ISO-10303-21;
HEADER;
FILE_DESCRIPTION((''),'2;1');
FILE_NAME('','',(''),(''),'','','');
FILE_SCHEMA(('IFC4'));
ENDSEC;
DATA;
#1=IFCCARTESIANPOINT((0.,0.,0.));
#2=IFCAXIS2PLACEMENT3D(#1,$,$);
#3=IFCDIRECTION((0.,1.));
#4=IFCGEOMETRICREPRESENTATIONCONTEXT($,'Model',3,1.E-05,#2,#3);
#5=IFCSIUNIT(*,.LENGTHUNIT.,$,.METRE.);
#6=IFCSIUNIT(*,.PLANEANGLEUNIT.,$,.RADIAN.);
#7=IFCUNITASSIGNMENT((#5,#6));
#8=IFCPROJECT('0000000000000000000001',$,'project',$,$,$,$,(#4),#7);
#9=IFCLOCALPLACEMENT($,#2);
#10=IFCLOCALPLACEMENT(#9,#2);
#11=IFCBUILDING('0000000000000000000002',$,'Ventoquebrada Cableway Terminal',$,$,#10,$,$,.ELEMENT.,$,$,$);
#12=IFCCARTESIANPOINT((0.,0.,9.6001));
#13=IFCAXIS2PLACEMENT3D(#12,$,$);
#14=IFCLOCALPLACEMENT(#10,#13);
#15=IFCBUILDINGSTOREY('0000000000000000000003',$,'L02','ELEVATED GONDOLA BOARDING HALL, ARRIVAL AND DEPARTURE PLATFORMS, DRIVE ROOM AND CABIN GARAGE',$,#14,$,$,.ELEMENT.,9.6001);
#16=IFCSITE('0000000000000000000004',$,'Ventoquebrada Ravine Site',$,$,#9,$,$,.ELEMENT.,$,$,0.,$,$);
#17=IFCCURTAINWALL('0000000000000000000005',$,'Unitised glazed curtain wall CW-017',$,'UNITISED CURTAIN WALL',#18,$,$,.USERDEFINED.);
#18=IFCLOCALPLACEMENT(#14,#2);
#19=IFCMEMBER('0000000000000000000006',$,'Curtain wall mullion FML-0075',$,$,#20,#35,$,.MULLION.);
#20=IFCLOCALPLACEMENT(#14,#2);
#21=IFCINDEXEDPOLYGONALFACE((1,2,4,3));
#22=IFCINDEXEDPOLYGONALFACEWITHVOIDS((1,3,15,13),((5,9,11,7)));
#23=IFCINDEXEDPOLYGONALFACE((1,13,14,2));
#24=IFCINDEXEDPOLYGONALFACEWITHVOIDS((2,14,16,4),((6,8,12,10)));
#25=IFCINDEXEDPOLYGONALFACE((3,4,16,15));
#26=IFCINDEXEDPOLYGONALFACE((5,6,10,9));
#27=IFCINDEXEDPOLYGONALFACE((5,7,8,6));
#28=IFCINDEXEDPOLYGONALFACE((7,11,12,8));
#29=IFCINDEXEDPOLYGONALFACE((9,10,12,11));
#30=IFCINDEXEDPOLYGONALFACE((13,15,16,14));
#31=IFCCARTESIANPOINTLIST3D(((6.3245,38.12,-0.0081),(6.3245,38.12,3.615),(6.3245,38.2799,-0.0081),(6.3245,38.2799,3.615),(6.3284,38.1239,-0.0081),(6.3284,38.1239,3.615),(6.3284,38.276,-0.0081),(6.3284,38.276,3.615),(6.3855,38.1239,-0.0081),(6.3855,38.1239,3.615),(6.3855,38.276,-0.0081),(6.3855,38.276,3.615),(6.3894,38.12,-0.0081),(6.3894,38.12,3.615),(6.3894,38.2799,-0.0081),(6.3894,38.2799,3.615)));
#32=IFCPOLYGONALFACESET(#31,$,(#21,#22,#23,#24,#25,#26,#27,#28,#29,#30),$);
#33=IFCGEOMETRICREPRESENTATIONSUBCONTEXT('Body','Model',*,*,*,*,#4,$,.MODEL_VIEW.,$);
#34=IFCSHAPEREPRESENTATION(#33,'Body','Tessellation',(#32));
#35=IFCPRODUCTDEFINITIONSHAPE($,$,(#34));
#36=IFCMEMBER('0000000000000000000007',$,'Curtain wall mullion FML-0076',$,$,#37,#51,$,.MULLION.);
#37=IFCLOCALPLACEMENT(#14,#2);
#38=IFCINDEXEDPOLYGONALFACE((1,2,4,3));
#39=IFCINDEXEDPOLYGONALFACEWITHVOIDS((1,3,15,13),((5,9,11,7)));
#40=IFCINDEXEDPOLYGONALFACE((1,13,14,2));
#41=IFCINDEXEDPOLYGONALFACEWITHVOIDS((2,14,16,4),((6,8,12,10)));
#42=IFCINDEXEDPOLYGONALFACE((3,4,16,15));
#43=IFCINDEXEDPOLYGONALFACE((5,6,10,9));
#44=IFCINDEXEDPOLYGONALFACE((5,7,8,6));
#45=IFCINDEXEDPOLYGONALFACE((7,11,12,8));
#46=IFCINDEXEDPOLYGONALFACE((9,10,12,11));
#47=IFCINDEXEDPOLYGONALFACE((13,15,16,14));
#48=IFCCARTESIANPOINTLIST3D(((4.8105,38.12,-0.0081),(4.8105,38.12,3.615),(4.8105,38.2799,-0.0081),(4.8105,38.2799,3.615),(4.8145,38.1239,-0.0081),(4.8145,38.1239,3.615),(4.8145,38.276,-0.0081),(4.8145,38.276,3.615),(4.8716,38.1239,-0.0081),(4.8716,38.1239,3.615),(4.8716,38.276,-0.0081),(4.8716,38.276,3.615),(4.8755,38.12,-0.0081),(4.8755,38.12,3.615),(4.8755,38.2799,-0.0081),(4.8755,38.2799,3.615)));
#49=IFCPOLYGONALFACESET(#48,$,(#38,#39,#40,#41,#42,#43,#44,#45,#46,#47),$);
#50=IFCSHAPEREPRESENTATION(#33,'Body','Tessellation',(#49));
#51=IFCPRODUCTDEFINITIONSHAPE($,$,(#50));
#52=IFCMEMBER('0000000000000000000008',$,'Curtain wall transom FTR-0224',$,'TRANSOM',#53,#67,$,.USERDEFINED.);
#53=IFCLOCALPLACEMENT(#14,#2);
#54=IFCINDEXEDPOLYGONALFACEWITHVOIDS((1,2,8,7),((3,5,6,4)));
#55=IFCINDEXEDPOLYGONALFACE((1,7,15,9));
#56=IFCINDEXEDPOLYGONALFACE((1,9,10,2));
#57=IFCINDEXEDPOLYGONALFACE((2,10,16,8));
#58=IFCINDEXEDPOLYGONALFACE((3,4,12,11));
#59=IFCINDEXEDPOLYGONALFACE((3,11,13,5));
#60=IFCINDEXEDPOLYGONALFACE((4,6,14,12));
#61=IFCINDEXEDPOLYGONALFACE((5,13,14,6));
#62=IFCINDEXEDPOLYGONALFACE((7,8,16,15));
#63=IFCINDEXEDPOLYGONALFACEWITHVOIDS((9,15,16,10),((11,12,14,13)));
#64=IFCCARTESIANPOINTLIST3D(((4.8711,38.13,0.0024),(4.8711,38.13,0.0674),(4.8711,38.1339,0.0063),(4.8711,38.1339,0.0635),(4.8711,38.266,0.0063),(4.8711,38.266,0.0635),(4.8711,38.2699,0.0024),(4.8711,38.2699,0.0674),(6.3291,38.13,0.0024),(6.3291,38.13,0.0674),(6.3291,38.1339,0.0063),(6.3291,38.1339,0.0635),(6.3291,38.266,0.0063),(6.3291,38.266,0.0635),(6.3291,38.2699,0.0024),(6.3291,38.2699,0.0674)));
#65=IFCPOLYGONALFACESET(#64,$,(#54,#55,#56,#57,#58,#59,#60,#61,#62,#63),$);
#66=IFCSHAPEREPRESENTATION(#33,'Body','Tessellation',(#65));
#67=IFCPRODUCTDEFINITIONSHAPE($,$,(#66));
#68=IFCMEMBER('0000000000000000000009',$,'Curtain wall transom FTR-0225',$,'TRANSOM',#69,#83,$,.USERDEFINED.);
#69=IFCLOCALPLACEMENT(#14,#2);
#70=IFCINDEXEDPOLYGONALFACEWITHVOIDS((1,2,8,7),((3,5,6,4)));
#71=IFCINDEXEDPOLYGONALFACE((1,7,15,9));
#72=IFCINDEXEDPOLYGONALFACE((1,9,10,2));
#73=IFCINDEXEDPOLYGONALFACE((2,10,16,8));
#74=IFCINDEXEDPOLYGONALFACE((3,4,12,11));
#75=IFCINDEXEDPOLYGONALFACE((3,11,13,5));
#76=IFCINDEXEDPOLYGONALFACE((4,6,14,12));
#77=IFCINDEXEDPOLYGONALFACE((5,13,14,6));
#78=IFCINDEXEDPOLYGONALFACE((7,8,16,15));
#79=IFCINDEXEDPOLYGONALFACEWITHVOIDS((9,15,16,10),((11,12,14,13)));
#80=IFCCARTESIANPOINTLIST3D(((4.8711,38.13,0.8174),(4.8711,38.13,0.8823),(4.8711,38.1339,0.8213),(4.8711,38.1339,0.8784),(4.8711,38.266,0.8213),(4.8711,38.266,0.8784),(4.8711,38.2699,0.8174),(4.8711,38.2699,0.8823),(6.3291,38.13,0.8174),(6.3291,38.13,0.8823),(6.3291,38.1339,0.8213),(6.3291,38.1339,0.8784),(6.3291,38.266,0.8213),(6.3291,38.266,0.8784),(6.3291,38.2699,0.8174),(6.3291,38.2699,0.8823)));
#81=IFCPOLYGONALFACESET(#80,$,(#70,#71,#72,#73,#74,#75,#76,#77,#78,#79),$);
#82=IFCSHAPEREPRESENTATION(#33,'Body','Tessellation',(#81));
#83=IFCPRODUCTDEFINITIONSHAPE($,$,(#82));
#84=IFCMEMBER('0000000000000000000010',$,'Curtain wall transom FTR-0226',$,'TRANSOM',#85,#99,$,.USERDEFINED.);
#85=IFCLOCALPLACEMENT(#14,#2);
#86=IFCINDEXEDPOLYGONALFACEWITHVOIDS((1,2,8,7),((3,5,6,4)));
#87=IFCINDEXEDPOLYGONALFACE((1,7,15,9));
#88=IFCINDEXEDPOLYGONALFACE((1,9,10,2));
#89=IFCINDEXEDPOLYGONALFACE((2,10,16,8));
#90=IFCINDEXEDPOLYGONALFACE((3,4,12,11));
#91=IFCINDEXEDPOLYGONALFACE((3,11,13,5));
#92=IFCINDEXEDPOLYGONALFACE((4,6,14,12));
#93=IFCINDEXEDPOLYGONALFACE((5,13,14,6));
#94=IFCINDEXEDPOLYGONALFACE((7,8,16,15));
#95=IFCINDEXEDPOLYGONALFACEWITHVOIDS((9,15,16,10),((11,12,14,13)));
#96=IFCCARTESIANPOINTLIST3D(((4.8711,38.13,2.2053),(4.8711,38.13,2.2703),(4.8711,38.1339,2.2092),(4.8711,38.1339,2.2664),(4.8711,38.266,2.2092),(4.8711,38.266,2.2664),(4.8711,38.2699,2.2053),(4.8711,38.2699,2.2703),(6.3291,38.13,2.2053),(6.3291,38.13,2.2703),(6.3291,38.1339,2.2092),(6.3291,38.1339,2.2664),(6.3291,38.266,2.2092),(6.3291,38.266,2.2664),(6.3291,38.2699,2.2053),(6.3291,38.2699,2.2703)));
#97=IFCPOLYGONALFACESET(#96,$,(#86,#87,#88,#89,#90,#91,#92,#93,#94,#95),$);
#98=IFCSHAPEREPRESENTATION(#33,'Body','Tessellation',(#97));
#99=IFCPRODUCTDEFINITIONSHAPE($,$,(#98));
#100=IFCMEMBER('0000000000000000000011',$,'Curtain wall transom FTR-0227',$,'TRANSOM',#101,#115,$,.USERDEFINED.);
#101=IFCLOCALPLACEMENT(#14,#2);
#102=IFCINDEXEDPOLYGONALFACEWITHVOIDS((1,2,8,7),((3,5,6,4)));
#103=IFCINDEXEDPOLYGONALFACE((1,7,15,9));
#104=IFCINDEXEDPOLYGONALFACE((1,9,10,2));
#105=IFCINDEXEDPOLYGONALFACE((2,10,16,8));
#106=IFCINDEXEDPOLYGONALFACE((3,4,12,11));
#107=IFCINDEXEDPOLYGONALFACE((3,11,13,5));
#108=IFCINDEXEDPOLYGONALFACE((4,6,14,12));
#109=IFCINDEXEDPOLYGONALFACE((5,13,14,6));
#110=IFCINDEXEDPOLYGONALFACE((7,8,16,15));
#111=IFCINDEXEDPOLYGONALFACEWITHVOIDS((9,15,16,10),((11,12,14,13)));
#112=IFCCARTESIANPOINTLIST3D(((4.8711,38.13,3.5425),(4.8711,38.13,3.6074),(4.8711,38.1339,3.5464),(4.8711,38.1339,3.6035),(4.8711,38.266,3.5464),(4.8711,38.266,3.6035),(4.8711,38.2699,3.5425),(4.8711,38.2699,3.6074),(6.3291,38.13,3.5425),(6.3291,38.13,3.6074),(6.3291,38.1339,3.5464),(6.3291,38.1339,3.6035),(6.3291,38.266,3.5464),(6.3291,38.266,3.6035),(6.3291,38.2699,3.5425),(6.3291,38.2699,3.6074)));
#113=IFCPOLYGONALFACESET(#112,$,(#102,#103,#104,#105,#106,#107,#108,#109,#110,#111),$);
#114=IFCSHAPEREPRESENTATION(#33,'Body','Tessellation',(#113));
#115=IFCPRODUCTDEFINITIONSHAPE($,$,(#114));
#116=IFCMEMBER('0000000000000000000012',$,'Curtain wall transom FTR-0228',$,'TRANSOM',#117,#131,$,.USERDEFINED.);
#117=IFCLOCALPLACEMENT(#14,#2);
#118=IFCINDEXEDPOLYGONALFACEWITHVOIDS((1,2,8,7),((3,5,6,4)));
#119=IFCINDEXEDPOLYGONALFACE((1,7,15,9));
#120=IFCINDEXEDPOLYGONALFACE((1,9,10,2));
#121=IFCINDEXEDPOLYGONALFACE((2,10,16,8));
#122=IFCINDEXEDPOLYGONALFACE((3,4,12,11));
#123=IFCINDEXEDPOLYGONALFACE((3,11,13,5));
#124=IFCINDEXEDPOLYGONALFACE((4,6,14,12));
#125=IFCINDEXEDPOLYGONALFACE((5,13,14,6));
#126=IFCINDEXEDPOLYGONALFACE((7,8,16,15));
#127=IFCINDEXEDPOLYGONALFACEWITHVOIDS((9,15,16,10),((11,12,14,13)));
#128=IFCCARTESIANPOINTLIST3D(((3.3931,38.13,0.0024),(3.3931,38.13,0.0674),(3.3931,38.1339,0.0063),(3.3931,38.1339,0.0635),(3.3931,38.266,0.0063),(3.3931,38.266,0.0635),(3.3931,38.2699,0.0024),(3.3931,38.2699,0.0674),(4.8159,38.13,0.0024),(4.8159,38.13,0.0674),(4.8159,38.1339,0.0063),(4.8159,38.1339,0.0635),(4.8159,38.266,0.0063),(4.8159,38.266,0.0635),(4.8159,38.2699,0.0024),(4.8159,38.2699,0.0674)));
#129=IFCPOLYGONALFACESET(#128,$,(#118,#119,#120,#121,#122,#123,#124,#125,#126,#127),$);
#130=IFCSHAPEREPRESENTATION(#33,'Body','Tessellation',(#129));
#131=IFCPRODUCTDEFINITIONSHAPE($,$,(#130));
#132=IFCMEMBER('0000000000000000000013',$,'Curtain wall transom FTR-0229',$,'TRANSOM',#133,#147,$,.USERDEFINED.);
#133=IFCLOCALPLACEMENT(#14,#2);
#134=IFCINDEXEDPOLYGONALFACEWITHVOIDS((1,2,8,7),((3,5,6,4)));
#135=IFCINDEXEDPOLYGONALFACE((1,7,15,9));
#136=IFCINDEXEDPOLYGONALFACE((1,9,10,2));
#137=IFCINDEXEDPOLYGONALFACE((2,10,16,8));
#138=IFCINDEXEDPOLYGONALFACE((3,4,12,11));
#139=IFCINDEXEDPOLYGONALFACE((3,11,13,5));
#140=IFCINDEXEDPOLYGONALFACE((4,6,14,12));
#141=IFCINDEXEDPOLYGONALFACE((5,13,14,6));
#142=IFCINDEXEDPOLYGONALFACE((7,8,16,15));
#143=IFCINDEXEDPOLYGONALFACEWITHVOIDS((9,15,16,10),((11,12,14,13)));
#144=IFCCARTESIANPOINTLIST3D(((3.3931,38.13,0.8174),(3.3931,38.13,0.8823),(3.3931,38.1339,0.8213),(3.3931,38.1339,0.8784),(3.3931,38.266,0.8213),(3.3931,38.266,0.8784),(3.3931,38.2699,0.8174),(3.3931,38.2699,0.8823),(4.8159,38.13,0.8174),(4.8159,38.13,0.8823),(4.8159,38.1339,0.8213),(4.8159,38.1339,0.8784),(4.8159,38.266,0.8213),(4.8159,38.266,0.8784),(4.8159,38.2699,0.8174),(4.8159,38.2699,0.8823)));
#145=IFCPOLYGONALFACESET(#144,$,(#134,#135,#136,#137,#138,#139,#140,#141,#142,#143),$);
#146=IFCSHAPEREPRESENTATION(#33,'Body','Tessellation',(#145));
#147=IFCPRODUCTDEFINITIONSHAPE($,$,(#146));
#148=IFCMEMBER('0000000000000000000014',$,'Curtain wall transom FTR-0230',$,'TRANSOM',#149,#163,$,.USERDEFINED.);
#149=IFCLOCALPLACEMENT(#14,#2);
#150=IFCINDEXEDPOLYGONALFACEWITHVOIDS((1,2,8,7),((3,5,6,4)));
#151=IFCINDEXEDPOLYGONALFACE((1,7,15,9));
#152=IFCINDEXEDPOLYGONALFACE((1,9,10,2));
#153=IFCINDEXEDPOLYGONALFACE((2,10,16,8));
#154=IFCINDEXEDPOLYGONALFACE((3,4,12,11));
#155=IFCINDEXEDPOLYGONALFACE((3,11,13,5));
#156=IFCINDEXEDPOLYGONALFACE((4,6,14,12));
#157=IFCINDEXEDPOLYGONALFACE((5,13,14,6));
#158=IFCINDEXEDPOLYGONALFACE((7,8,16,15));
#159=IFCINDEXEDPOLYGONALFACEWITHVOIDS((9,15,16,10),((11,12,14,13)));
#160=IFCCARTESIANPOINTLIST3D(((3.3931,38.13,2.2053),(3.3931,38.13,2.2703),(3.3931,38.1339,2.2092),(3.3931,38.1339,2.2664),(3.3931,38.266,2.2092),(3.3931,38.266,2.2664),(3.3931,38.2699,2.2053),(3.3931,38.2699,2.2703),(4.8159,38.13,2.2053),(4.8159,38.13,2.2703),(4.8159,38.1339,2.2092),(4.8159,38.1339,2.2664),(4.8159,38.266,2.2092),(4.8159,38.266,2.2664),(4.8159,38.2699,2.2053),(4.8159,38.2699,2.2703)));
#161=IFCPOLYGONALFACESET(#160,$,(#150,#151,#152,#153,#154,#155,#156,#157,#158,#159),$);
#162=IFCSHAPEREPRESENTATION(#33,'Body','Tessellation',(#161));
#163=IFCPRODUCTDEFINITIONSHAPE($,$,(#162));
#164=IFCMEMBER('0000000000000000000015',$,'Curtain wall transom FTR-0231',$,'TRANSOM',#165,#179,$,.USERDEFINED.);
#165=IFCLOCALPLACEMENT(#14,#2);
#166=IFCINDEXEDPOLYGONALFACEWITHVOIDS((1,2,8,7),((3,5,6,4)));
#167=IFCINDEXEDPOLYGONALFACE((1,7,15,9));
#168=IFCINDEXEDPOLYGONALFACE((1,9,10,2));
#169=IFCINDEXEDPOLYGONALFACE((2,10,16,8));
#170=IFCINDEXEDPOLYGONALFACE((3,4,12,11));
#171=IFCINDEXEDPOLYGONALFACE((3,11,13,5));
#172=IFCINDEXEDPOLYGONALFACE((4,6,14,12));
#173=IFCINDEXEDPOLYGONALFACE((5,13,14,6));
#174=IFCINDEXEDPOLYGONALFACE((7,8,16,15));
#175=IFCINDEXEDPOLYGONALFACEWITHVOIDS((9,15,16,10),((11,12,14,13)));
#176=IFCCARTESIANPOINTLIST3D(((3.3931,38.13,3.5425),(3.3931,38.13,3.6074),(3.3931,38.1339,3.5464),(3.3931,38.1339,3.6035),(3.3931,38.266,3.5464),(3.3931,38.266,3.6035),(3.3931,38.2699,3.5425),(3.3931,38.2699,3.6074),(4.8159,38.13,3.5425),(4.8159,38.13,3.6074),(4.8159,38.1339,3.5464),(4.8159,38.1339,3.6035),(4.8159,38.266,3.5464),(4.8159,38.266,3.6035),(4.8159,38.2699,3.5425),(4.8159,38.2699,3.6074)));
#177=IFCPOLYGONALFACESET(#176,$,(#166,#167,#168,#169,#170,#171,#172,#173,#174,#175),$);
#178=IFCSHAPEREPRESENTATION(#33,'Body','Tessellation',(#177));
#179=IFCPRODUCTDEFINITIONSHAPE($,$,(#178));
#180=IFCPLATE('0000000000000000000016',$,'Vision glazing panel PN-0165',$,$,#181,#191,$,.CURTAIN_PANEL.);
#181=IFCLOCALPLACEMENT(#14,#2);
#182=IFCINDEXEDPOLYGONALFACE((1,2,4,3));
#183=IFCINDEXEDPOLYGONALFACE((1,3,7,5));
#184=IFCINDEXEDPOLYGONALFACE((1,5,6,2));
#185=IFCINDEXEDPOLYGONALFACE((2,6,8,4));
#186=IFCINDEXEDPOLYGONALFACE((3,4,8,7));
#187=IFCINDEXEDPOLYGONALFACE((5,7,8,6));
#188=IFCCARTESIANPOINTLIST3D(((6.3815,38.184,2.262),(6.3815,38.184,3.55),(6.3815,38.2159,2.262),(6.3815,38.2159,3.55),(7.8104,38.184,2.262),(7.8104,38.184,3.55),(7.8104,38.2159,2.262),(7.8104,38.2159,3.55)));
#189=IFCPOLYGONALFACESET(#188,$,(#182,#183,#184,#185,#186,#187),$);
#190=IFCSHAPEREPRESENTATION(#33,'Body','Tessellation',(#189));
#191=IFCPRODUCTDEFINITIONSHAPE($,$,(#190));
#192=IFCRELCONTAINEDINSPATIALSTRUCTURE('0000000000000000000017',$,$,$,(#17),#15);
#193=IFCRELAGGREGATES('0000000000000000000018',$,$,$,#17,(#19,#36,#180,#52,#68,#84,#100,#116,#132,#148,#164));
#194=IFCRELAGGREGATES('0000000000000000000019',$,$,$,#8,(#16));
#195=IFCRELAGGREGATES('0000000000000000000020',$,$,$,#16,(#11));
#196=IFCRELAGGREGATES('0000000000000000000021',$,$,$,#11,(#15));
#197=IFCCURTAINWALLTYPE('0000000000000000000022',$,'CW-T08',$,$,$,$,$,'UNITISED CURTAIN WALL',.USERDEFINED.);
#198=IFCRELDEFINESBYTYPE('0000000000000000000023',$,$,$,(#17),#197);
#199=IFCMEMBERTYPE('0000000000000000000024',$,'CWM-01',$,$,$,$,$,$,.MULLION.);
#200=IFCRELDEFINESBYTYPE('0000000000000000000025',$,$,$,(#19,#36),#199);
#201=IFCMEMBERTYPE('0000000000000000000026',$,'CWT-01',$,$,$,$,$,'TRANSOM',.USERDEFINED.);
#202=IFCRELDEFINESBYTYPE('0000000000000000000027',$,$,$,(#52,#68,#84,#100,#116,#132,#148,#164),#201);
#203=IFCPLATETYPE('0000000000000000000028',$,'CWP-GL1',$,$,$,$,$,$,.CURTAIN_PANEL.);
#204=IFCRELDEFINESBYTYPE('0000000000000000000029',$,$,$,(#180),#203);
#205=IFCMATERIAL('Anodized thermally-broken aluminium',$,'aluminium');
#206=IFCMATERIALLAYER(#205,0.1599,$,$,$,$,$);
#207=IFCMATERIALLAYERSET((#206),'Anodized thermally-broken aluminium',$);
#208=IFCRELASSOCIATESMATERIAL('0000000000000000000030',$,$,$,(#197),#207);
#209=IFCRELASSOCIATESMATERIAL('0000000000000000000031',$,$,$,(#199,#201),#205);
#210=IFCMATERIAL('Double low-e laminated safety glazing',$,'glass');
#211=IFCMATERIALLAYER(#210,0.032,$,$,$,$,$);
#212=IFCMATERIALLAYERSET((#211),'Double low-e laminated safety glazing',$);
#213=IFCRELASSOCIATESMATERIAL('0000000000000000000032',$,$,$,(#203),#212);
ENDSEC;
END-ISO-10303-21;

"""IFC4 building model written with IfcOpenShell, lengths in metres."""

from ifc_helpers import new_model, si_unit, direction, frame, origin, origin_2d, place, context, subcontext, project, spatial, rectangle, hollow_rectangle, extrude, material, layer, layer_set, material_profile, profile_set, type_object, element, aggregate, save


model = new_model("IFC4")

# Units and contexts
model_context = context("Model", 3, precision=1e-05, world=origin(), true_north=direction((0.0, 1.0)))
body_context = subcontext(model_context, "Body", "Model", "MODEL_VIEW")
ifc_project = project(units=[si_unit("LENGTHUNIT", "METRE"), si_unit("PLANEANGLEUNIT", "RADIAN")], contexts=[model_context])

# Site, building, storey
site_placement = place(None, origin())
site = spatial("IfcSite", under=ifc_project, at=site_placement, Name="Ventoquebrada Ravine Site", CompositionType="ELEMENT", RefElevation=0.0)
building_placement = place(site_placement, origin())
building = spatial("IfcBuilding", under=site, at=building_placement, Name="Ventoquebrada Cableway Terminal", CompositionType="ELEMENT")
storey_placement = place(building_placement, frame((0.0, 0.0, 9.6001)))
storey = spatial("IfcBuildingStorey", under=building, at=storey_placement, Name="L02", Description="ELEVATED GONDOLA BOARDING HALL, ARRIVAL AND DEPARTURE PLATFORMS, DRIVE ROOM AND CABIN GARAGE", CompositionType="ELEMENT", Elevation=9.6001)

# Curtain wall, members, plate
ifc_material_1 = material(Name="Anodized thermally-broken aluminium", Category="aluminium")
ifc_layer_1 = layer(ifc_material_1, 0.1599)
ifc_layer_set_1 = layer_set([ifc_layer_1], Name="Anodized thermally-broken aluminium")
curtain_wall_type = type_object("IfcCurtainWallType", Name="CW-T08", ElementType="UNITISED CURTAIN WALL", PredefinedType="USERDEFINED", material=ifc_layer_set_1)
curtain_wall_placement = place(storey_placement, origin())
curtain_wall = element("IfcCurtainWall", 1, at=curtain_wall_placement, inside=storey, type_object=curtain_wall_type, Name="Unitised glazed curtain wall CW-017", ObjectType="UNITISED CURTAIN WALL", PredefinedType="USERDEFINED")
ifc_material_profile_1 = material_profile(ifc_material_1, hollow_rectangle(XDim=0.0649, YDim=0.1599, WallThickness=0.0039, at=origin_2d()), Name="CW-MUL-65X160")
ifc_profile_set_1 = profile_set([ifc_material_profile_1], Name="Anodized thermally-broken aluminium")
member_type_1 = type_object("IfcMemberType", Name="CWM-01", PredefinedType="MULLION", material=ifc_profile_set_1)
member_1_placement = place(storey_placement, frame((6.3569, 38.2, -0.0081), z_axis=(0.0, 0.0, 1.0), x_axis=(-1.0, 0.0, 0.0)))
member_1 = element("IfcMember", 2, at=member_1_placement, type_object=member_type_1, Name="Curtain wall mullion FML-0075", PredefinedType="MULLION", context=body_context, shape_type="SweptSolid", body=[
    extrude(hollow_rectangle(XDim=0.0649, YDim=0.1599, WallThickness=0.0039, at=origin_2d()), origin(), (0.0, 0.0, 1.0), 3.623),
])
member_2_placement = place(storey_placement, frame((4.843, 38.2, -0.0081), z_axis=(0.0, 0.0, 1.0), x_axis=(-1.0, 0.0, 0.0)))
member_2 = element("IfcMember", 3, at=member_2_placement, type_object=member_type_1, Name="Curtain wall mullion FML-0076", PredefinedType="MULLION", context=body_context, shape_type="SweptSolid", body=[
    extrude(hollow_rectangle(XDim=0.0649, YDim=0.1599, WallThickness=0.0039, at=origin_2d()), origin(), (0.0, 0.0, 1.0), 3.623),
])
ifc_material_profile_2 = material_profile(ifc_material_1, hollow_rectangle(XDim=0.0649, YDim=0.1399, WallThickness=0.0039, at=origin_2d()), Name="CW-TRN-65X140")
ifc_profile_set_2 = profile_set([ifc_material_profile_2], Name="Anodized thermally-broken aluminium")
member_type_2 = type_object("IfcMemberType", Name="CWT-01", ElementType="TRANSOM", PredefinedType="USERDEFINED", material=ifc_profile_set_2)
member_3_placement = place(storey_placement, frame((6.3291, 38.2, 0.0349), z_axis=(-1.0, 0.0, 0.0), x_axis=(0.0, 0.0, 1.0)))
member_3 = element("IfcMember", 4, at=member_3_placement, type_object=member_type_2, Name="Curtain wall transom FTR-0224", ObjectType="TRANSOM", PredefinedType="USERDEFINED", context=body_context, shape_type="SweptSolid", body=[
    extrude(hollow_rectangle(XDim=0.0649, YDim=0.1399, WallThickness=0.0039, at=origin_2d()), origin(), (0.0, 0.0, 1.0), 1.458),
])
member_4_placement = place(storey_placement, frame((6.3291, 38.2, 0.8499), z_axis=(-1.0, 0.0, 0.0), x_axis=(0.0, 0.0, 1.0)))
member_4 = element("IfcMember", 5, at=member_4_placement, type_object=member_type_2, Name="Curtain wall transom FTR-0225", ObjectType="TRANSOM", PredefinedType="USERDEFINED", context=body_context, shape_type="SweptSolid", body=[
    extrude(hollow_rectangle(XDim=0.0649, YDim=0.1399, WallThickness=0.0039, at=origin_2d()), origin(), (0.0, 0.0, 1.0), 1.458),
])
member_5_placement = place(storey_placement, frame((6.3291, 38.2, 2.2378), z_axis=(-1.0, 0.0, 0.0), x_axis=(0.0, 0.0, 1.0)))
member_5 = element("IfcMember", 6, at=member_5_placement, type_object=member_type_2, Name="Curtain wall transom FTR-0226", ObjectType="TRANSOM", PredefinedType="USERDEFINED", context=body_context, shape_type="SweptSolid", body=[
    extrude(hollow_rectangle(XDim=0.0649, YDim=0.1399, WallThickness=0.0039, at=origin_2d()), origin(), (0.0, 0.0, 1.0), 1.458),
])
member_6_placement = place(storey_placement, frame((6.3291, 38.2, 3.575), z_axis=(-1.0, 0.0, 0.0), x_axis=(0.0, 0.0, 1.0)))
member_6 = element("IfcMember", 7, at=member_6_placement, type_object=member_type_2, Name="Curtain wall transom FTR-0227", ObjectType="TRANSOM", PredefinedType="USERDEFINED", context=body_context, shape_type="SweptSolid", body=[
    extrude(hollow_rectangle(XDim=0.0649, YDim=0.1399, WallThickness=0.0039, at=origin_2d()), origin(), (0.0, 0.0, 1.0), 1.458),
])
member_7_placement = place(storey_placement, frame((4.8159, 38.2, 0.0349), z_axis=(-1.0, 0.0, 0.0), x_axis=(0.0, 0.0, 1.0)))
member_7 = element("IfcMember", 8, at=member_7_placement, type_object=member_type_2, Name="Curtain wall transom FTR-0228", ObjectType="TRANSOM", PredefinedType="USERDEFINED", context=body_context, shape_type="SweptSolid", body=[
    extrude(hollow_rectangle(XDim=0.0649, YDim=0.1399, WallThickness=0.0039, at=origin_2d()), origin(), (0.0, 0.0, 1.0), 1.4229),
])
member_8_placement = place(storey_placement, frame((4.8159, 38.2, 0.8499), z_axis=(-1.0, 0.0, 0.0), x_axis=(0.0, 0.0, 1.0)))
member_8 = element("IfcMember", 9, at=member_8_placement, type_object=member_type_2, Name="Curtain wall transom FTR-0229", ObjectType="TRANSOM", PredefinedType="USERDEFINED", context=body_context, shape_type="SweptSolid", body=[
    extrude(hollow_rectangle(XDim=0.0649, YDim=0.1399, WallThickness=0.0039, at=origin_2d()), origin(), (0.0, 0.0, 1.0), 1.4229),
])
member_9_placement = place(storey_placement, frame((4.8159, 38.2, 2.2378), z_axis=(-1.0, 0.0, 0.0), x_axis=(0.0, 0.0, 1.0)))
member_9 = element("IfcMember", 10, at=member_9_placement, type_object=member_type_2, Name="Curtain wall transom FTR-0230", ObjectType="TRANSOM", PredefinedType="USERDEFINED", context=body_context, shape_type="SweptSolid", body=[
    extrude(hollow_rectangle(XDim=0.0649, YDim=0.1399, WallThickness=0.0039, at=origin_2d()), origin(), (0.0, 0.0, 1.0), 1.4229),
])
member_10_placement = place(storey_placement, frame((4.8159, 38.2, 3.575), z_axis=(-1.0, 0.0, 0.0), x_axis=(0.0, 0.0, 1.0)))
member_10 = element("IfcMember", 11, at=member_10_placement, type_object=member_type_2, Name="Curtain wall transom FTR-0231", ObjectType="TRANSOM", PredefinedType="USERDEFINED", context=body_context, shape_type="SweptSolid", body=[
    extrude(hollow_rectangle(XDim=0.0649, YDim=0.1399, WallThickness=0.0039, at=origin_2d()), origin(), (0.0, 0.0, 1.0), 1.4229),
])
ifc_material_2 = material(Name="Double low-e laminated safety glazing", Category="glass")
ifc_layer_2 = layer(ifc_material_2, 0.032)
ifc_layer_set_2 = layer_set([ifc_layer_2], Name="Double low-e laminated safety glazing")
plate_type_1 = type_object("IfcPlateType", Name="CWP-GL1", PredefinedType="CURTAIN_PANEL", material=ifc_layer_set_2)
plate_1_placement = place(storey_placement, frame((7.0959, 38.2, 2.262), z_axis=(0.0, 0.0, 1.0), x_axis=(-1.0, 0.0, 0.0)))
plate_1 = element("IfcPlate", 12, at=plate_1_placement, type_object=plate_type_1, Name="Vision glazing panel PN-0165", PredefinedType="CURTAIN_PANEL", context=body_context, shape_type="SweptSolid", body=[
    extrude(rectangle(XDim=1.429, YDim=0.032, at=origin_2d()), origin(), (0.0, 0.0, 1.0), 1.2881),
])
aggregate(curtain_wall, [member_1, member_2, plate_1, member_3, member_4, member_5, member_6, member_7, member_8, member_9, member_10])

save(model, "model.ifc")
